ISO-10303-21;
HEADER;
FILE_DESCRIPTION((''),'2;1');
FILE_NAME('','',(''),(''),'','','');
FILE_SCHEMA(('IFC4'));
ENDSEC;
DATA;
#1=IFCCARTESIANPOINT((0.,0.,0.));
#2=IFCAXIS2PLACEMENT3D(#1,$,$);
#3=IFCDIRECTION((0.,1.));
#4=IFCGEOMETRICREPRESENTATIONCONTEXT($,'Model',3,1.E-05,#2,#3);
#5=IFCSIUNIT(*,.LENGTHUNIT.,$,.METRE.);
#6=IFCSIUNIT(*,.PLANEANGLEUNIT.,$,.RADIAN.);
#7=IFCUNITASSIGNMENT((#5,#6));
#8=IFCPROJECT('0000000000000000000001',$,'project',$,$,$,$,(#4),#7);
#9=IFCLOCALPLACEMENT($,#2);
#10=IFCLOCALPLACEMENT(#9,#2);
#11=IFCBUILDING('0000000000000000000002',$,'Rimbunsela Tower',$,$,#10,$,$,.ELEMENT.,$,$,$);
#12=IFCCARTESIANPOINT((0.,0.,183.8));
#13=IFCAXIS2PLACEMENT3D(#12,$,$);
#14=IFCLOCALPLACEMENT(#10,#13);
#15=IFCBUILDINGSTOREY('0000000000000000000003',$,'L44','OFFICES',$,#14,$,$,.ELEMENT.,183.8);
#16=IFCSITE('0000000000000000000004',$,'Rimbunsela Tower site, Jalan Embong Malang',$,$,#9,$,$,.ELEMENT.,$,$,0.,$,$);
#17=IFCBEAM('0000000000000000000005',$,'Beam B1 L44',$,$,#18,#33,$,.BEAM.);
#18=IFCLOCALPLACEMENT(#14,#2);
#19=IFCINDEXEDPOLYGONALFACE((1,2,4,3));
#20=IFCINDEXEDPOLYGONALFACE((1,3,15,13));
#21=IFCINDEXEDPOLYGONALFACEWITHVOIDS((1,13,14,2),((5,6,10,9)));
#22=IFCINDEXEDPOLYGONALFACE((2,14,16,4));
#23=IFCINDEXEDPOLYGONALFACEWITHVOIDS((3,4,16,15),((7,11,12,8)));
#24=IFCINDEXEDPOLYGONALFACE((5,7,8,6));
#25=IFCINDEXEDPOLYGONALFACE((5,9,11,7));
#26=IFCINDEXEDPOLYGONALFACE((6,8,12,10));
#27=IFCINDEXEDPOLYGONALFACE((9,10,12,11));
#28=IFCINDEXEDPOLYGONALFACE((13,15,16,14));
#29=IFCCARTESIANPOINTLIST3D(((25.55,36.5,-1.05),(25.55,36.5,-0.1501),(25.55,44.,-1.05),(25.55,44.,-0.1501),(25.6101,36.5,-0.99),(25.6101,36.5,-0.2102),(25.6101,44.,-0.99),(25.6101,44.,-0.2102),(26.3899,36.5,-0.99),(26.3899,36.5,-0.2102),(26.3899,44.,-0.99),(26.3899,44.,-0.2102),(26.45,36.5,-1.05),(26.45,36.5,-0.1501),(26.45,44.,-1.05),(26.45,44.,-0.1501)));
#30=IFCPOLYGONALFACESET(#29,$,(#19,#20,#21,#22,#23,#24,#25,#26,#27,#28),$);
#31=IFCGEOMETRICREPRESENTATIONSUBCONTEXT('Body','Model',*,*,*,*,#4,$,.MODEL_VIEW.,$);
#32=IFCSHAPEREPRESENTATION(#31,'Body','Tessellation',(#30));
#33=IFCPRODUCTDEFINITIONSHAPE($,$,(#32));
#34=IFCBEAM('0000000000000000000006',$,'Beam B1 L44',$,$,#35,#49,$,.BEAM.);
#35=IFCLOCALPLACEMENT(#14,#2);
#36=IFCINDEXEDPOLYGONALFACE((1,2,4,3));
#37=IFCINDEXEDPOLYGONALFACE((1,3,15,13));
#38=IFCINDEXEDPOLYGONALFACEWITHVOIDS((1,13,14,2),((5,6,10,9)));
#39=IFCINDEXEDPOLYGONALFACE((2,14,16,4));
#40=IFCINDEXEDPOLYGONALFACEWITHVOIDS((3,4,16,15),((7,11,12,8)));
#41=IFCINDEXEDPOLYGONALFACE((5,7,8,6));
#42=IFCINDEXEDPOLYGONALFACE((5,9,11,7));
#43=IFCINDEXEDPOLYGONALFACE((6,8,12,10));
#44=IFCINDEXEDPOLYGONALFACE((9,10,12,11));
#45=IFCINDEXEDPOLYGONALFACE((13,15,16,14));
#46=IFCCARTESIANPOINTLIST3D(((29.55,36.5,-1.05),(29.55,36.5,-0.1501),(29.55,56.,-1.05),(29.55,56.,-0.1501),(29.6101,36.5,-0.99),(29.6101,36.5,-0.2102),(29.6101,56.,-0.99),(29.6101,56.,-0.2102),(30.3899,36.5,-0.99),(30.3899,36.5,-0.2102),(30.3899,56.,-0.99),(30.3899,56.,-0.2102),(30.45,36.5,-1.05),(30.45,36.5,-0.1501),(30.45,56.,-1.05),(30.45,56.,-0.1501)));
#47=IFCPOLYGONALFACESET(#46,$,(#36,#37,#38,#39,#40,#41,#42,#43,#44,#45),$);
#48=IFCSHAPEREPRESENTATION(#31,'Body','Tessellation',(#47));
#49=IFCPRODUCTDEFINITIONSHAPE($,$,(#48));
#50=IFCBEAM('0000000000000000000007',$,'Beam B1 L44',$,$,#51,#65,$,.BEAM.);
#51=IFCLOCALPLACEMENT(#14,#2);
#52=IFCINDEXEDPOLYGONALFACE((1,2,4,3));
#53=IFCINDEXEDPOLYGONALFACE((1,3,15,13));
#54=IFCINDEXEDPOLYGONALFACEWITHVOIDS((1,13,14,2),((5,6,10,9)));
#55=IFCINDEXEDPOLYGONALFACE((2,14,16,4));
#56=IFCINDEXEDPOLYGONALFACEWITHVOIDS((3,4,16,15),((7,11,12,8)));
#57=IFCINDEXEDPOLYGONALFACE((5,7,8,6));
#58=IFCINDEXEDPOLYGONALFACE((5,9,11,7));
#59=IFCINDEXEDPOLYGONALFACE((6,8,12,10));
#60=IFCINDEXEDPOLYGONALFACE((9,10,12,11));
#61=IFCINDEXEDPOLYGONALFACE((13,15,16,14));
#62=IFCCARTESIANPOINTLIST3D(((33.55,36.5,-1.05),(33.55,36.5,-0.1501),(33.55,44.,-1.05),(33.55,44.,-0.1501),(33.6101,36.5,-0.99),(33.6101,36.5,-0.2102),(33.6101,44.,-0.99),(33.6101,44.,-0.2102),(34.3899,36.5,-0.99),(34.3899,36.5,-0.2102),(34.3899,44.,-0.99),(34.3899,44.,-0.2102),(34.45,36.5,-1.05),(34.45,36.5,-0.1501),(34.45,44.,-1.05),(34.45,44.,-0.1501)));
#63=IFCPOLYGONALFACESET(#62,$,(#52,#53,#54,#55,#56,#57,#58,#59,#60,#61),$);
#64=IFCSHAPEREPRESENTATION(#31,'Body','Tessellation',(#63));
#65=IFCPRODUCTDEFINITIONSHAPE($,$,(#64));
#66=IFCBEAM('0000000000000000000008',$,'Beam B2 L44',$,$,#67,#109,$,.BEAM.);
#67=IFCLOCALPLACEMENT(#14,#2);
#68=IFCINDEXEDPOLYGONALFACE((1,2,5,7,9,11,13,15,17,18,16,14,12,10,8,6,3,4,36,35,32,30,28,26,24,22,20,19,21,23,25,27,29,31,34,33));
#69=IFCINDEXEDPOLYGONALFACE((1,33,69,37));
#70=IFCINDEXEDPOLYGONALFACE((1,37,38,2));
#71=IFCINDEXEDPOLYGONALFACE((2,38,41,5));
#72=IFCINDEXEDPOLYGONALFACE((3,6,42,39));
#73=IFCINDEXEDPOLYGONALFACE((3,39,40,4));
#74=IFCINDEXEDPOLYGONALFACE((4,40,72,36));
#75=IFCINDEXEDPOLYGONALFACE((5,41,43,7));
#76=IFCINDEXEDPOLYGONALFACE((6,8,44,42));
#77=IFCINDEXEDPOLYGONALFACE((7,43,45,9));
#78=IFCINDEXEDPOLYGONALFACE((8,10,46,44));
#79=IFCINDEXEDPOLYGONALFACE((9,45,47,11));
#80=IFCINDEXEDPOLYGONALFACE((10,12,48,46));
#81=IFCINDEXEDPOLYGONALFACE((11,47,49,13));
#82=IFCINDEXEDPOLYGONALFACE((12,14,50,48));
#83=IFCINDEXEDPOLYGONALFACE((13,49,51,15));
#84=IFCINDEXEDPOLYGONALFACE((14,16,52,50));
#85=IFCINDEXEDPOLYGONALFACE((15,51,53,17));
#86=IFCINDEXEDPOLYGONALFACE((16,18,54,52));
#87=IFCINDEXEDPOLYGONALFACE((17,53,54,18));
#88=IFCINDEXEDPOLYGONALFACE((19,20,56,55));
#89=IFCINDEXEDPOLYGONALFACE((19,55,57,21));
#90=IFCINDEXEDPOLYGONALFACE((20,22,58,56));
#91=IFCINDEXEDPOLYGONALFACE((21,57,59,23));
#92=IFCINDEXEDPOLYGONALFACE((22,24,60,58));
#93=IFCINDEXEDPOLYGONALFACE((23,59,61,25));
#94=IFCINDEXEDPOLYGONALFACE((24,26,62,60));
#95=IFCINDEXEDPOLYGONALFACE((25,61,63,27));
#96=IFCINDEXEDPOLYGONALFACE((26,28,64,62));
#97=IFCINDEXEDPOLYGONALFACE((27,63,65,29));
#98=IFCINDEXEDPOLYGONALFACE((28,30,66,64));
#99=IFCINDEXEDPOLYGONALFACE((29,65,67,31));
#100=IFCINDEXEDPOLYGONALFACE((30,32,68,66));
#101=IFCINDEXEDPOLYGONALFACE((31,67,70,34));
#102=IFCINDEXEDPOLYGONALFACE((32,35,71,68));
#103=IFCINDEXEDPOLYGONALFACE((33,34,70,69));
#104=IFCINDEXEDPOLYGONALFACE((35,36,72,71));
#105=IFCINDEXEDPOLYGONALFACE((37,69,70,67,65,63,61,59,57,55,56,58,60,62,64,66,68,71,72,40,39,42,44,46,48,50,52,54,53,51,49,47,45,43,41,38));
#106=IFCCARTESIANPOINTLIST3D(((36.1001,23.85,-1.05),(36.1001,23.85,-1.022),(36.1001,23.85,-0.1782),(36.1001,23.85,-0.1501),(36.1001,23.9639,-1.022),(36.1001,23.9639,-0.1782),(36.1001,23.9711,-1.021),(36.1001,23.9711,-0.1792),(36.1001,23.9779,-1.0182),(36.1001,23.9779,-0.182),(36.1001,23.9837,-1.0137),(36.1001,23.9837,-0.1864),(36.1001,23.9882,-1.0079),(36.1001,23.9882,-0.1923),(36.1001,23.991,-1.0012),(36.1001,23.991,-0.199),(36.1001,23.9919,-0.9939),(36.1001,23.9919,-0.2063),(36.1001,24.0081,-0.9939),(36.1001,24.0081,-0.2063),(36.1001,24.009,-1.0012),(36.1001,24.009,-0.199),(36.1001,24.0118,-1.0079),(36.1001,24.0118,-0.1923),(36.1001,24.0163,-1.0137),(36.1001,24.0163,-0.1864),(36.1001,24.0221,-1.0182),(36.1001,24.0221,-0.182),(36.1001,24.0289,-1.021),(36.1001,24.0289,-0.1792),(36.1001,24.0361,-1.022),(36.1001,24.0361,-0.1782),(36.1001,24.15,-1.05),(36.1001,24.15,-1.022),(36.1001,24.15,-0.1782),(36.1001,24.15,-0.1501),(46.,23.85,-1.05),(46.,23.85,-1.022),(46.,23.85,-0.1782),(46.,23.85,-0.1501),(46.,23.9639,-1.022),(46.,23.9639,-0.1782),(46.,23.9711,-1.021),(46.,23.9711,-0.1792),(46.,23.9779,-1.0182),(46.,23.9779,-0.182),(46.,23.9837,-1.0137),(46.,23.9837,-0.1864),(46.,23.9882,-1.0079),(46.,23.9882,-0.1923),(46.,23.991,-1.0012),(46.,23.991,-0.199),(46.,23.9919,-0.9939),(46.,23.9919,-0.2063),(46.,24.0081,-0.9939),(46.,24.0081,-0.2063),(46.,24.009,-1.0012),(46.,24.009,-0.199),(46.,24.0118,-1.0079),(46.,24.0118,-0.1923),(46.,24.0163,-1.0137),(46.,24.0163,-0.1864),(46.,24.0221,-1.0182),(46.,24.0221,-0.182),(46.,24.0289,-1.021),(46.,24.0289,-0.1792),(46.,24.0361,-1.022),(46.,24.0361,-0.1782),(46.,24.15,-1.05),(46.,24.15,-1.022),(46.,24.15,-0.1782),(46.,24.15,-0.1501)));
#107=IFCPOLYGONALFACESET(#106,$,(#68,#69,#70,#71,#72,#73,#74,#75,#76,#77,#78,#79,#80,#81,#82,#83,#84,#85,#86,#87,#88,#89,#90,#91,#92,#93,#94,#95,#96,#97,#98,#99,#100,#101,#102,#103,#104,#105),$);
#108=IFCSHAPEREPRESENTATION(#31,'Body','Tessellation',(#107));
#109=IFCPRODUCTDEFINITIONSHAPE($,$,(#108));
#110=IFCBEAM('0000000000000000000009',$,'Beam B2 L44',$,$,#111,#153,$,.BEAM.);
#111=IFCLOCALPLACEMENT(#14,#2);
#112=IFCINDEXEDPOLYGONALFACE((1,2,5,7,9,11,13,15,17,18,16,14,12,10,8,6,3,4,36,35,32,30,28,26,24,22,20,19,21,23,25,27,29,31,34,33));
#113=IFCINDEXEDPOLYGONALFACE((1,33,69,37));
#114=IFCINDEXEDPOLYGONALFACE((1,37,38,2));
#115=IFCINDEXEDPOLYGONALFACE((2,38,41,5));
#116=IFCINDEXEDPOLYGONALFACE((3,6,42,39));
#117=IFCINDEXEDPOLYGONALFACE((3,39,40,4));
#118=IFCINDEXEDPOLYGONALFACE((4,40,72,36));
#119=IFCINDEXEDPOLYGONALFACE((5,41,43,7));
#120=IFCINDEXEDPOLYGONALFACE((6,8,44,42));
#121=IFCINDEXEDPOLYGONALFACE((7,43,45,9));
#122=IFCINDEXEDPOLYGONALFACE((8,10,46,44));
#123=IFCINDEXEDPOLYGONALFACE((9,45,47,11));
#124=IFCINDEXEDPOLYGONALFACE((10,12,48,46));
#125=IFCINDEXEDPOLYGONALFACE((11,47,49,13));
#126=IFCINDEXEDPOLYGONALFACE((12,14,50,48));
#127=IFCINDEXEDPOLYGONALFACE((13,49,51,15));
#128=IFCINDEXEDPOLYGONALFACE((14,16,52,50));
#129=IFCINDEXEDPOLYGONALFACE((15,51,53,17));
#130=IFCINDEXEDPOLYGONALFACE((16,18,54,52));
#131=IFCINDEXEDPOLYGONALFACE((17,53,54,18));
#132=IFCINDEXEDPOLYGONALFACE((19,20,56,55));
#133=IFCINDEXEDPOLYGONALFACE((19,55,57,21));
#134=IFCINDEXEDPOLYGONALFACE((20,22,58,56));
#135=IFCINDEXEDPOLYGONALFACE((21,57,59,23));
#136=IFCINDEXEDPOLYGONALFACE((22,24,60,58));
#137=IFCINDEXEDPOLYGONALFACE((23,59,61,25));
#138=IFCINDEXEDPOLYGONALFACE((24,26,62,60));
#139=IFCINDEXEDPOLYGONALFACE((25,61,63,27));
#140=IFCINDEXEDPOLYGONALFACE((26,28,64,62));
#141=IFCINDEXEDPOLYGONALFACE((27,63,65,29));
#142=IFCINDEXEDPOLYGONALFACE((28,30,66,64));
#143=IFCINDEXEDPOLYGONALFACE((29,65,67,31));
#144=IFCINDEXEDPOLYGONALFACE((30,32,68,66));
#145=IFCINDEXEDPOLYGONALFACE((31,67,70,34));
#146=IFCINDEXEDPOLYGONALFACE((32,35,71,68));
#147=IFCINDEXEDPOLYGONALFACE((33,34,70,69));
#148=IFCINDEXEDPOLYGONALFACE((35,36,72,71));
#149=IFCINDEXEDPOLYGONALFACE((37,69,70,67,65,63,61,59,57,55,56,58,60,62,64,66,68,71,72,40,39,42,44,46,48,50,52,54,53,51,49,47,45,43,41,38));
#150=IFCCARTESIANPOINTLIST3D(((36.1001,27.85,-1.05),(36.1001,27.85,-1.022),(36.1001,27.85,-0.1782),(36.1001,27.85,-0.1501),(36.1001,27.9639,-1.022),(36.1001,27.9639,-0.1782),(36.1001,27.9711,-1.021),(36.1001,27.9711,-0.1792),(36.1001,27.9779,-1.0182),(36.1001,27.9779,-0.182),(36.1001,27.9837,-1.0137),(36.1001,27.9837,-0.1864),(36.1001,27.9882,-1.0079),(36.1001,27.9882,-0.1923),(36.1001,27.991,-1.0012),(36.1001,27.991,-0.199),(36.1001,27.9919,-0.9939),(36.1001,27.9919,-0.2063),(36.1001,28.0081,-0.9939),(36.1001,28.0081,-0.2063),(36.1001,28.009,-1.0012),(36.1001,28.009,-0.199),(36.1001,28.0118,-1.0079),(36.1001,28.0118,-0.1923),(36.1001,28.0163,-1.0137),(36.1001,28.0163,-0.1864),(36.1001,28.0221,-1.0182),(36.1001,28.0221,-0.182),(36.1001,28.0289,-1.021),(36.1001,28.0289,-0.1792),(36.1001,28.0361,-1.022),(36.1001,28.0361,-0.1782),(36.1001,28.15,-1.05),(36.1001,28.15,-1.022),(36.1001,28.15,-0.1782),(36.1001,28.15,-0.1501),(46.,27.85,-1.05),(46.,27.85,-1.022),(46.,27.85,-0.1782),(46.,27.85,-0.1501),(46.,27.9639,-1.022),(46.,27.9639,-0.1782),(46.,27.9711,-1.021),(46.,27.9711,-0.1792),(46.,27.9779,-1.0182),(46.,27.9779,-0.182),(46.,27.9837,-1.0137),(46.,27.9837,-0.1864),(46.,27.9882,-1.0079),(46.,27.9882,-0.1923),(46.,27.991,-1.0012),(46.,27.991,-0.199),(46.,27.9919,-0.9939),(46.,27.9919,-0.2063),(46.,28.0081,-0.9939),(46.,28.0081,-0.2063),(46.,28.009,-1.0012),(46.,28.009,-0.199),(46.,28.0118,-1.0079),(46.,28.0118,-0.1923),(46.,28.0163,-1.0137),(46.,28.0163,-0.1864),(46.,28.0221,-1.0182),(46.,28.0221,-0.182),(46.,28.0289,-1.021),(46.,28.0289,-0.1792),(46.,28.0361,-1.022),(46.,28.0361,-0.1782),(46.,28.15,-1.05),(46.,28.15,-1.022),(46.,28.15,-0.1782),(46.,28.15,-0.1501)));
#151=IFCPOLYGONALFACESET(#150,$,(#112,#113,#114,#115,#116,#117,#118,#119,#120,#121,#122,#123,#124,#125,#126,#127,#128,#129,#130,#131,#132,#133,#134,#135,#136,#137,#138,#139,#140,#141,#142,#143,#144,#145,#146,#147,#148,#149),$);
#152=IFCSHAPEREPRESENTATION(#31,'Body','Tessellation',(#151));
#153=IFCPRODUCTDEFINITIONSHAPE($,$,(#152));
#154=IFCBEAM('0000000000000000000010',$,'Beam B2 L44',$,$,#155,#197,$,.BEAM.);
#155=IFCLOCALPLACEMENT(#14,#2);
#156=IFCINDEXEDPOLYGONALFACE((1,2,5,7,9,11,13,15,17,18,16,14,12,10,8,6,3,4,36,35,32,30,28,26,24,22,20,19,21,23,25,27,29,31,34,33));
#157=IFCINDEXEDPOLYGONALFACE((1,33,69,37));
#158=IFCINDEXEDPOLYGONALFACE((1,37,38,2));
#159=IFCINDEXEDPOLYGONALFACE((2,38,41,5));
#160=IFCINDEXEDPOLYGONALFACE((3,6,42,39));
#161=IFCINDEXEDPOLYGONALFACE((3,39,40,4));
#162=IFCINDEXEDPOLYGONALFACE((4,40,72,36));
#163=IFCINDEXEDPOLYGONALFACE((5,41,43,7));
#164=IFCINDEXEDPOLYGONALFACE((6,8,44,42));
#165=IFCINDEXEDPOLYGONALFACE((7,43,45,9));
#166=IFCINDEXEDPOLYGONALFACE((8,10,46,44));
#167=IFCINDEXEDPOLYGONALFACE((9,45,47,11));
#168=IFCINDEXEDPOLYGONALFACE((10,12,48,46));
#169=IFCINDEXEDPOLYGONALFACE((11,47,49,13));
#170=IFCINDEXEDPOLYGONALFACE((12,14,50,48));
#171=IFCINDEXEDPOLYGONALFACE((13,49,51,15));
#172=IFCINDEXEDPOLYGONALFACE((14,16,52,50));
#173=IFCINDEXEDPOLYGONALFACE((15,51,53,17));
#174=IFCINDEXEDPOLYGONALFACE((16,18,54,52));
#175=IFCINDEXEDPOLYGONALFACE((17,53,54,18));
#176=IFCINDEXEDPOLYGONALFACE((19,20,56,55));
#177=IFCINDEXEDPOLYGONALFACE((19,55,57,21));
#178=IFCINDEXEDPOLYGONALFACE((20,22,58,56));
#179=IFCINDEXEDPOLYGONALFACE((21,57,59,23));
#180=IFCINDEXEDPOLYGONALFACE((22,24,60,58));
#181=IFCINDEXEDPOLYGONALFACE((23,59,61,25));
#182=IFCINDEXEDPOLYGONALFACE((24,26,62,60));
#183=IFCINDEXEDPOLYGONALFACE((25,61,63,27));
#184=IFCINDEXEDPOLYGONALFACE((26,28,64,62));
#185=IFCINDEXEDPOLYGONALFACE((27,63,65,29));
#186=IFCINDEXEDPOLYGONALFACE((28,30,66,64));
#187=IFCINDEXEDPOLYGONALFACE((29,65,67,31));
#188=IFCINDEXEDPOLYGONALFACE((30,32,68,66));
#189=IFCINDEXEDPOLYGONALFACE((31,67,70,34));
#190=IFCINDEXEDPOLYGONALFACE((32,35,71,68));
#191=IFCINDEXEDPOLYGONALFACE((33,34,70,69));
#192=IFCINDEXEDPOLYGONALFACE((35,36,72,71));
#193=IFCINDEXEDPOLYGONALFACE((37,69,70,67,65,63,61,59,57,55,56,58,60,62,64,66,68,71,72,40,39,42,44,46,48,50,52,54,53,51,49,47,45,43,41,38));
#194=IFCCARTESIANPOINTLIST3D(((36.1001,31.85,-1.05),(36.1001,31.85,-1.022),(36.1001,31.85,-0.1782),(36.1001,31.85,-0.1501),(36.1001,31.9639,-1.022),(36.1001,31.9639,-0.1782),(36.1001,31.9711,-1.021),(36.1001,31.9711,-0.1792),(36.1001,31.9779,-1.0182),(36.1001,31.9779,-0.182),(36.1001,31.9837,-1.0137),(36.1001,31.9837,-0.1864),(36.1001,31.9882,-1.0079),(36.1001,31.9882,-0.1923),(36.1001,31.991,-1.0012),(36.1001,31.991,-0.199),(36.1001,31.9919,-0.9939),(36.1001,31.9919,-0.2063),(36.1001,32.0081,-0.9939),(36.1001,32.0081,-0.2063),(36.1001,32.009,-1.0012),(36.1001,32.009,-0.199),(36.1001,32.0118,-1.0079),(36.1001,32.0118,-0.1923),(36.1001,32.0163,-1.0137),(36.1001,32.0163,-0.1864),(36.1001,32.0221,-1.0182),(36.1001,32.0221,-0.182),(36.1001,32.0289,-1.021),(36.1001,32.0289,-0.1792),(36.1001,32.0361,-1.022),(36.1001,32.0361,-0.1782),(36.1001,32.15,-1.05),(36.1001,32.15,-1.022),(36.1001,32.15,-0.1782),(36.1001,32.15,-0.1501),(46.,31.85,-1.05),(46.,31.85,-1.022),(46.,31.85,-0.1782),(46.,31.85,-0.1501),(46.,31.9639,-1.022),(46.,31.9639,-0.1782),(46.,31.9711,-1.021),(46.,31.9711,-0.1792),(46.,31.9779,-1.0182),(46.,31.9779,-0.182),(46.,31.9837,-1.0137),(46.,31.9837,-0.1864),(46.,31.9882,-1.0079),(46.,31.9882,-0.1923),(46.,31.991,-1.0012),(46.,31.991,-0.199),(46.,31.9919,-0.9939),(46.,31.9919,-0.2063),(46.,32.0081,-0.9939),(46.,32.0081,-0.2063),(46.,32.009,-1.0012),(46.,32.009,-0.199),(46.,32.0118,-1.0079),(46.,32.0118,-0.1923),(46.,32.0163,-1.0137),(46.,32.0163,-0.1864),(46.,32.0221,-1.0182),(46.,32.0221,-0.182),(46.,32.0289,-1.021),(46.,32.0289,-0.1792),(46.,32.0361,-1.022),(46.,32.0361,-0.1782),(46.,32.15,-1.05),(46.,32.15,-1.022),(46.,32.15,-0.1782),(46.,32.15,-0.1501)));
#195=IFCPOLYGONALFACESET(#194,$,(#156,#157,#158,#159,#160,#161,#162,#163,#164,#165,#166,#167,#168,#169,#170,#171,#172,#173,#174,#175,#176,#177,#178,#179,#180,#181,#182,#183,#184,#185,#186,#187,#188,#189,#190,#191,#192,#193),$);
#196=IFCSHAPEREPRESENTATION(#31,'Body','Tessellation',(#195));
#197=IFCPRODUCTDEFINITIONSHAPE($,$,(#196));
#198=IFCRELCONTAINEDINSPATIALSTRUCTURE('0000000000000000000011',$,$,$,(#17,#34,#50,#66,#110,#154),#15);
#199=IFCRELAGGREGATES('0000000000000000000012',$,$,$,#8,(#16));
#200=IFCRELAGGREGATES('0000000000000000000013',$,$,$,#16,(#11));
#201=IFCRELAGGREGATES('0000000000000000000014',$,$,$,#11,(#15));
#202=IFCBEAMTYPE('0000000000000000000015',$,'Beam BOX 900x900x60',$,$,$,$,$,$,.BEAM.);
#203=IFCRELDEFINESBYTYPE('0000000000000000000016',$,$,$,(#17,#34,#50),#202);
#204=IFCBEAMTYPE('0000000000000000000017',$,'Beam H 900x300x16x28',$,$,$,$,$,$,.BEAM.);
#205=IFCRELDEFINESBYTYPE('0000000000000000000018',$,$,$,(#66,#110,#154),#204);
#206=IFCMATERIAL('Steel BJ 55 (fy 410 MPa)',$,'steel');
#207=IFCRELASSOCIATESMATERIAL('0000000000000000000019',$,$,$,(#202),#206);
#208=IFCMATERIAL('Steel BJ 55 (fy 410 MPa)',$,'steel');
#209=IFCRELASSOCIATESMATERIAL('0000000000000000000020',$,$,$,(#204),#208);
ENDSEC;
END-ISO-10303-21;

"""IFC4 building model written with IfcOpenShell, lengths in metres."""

from ifc_helpers import new_model, si_unit, direction, frame, origin, origin_2d, place, context, subcontext, project, spatial, hollow_rectangle, i_section, extrude, material, material_profile, profile_set, type_object, element, save


model = new_model("IFC4")

# Units and contexts
model_context = context("Model", 3, precision=1e-05, world=origin(), true_north=direction((0.0, 1.0)))
body_context = subcontext(model_context, "Body", "Model", "MODEL_VIEW")
ifc_project = project(units=[si_unit("LENGTHUNIT", "METRE"), si_unit("PLANEANGLEUNIT", "RADIAN")], contexts=[model_context])

# Site, building, storey
site_placement = place(None, origin())
site = spatial("IfcSite", under=ifc_project, at=site_placement, Name="Rimbunsela Tower site, Jalan Embong Malang", CompositionType="ELEMENT", RefElevation=0.0)
building_placement = place(site_placement, origin())
building = spatial("IfcBuilding", under=site, at=building_placement, Name="Rimbunsela Tower", CompositionType="ELEMENT")
storey_placement = place(building_placement, frame((0.0, 0.0, 183.8)))
storey = spatial("IfcBuildingStorey", under=building, at=storey_placement, Name="L44", Description="OFFICES", CompositionType="ELEMENT", Elevation=183.8)

# Beams
ifc_material_1 = material(Name="Steel BJ 55 (fy 410 MPa)", Category="steel")
ifc_material_profile_1 = material_profile(ifc_material_1, hollow_rectangle(XDim=0.8999, YDim=0.8999, WallThickness=0.0601, at=origin_2d()), Name="BOX 900x900x60")
ifc_profile_set_1 = profile_set([ifc_material_profile_1], Name="Steel BJ 55 (fy 410 MPa)")
beam_type_1 = type_object("IfcBeamType", Name="Beam BOX 900x900x60", PredefinedType="BEAM", material=ifc_profile_set_1)
beam_1_placement = place(storey_placement, frame((26.0, 36.5, -0.6001), z_axis=(0.0, 1.0, 0.0), x_axis=(-1.0, 0.0, 0.0)))
element("IfcBeam", 1, at=beam_1_placement, inside=storey, type_object=beam_type_1, Name="Beam B1 L44", PredefinedType="BEAM", context=body_context, shape_type="SweptSolid", body=[
    extrude(hollow_rectangle(XDim=0.8999, YDim=0.8999, WallThickness=0.0601, at=origin_2d()), origin(), (0.0, 0.0, 1.0), 7.5),
])
beam_2_placement = place(storey_placement, frame((30.0, 36.5, -0.6001), z_axis=(0.0, 1.0, 0.0), x_axis=(-1.0, 0.0, 0.0)))
element("IfcBeam", 2, at=beam_2_placement, inside=storey, type_object=beam_type_1, Name="Beam B1 L44", PredefinedType="BEAM", context=body_context, shape_type="SweptSolid", body=[
    extrude(hollow_rectangle(XDim=0.8999, YDim=0.8999, WallThickness=0.0601, at=origin_2d()), origin(), (0.0, 0.0, 1.0), 19.5),
])
beam_3_placement = place(storey_placement, frame((34.0, 36.5, -0.6001), z_axis=(0.0, 1.0, 0.0), x_axis=(-1.0, 0.0, 0.0)))
element("IfcBeam", 3, at=beam_3_placement, inside=storey, type_object=beam_type_1, Name="Beam B1 L44", PredefinedType="BEAM", context=body_context, shape_type="SweptSolid", body=[
    extrude(hollow_rectangle(XDim=0.8999, YDim=0.8999, WallThickness=0.0601, at=origin_2d()), origin(), (0.0, 0.0, 1.0), 7.5),
])
ifc_material_2 = material(Name="Steel BJ 55 (fy 410 MPa)", Category="steel")
ifc_material_profile_2 = material_profile(ifc_material_2, i_section(OverallWidth=0.3, OverallDepth=0.8999, WebThickness=0.0161, FlangeThickness=0.0281, FilletRadius=0.0281, at=origin_2d()), Name="H 900x300x16x28")
ifc_profile_set_2 = profile_set([ifc_material_profile_2], Name="Steel BJ 55 (fy 410 MPa)")
beam_type_2 = type_object("IfcBeamType", Name="Beam H 900x300x16x28", PredefinedType="BEAM", material=ifc_profile_set_2)
for number, where, z_axis, x_axis, name in (
    (4, (36.1001, 24.0, -0.6001), (1.0, 0.0, 0.0), (0.0, 1.0, 0.0), "Beam B2 L44"),
    (5, (36.1001, 28.0, -0.6001), (1.0, 0.0, 0.0), (0.0, 1.0, 0.0), "Beam B2 L44"),
    (6, (36.1001, 32.0, -0.6001), (1.0, 0.0, 0.0), (0.0, 1.0, 0.0), "Beam B2 L44"),
):
    element("IfcBeam", number, at=place(storey_placement, frame(where, z_axis=z_axis, x_axis=x_axis)), inside=storey, type_object=beam_type_2, Name=name, PredefinedType="BEAM", context=body_context, shape_type="SweptSolid", body=[
        extrude(i_section(OverallWidth=0.3, OverallDepth=0.8999, WebThickness=0.0161, FlangeThickness=0.0281, FilletRadius=0.0281, at=origin_2d()), origin(), (0.0, 0.0, 1.0), 9.8999),
    ])

save(model, "model.ifc")
